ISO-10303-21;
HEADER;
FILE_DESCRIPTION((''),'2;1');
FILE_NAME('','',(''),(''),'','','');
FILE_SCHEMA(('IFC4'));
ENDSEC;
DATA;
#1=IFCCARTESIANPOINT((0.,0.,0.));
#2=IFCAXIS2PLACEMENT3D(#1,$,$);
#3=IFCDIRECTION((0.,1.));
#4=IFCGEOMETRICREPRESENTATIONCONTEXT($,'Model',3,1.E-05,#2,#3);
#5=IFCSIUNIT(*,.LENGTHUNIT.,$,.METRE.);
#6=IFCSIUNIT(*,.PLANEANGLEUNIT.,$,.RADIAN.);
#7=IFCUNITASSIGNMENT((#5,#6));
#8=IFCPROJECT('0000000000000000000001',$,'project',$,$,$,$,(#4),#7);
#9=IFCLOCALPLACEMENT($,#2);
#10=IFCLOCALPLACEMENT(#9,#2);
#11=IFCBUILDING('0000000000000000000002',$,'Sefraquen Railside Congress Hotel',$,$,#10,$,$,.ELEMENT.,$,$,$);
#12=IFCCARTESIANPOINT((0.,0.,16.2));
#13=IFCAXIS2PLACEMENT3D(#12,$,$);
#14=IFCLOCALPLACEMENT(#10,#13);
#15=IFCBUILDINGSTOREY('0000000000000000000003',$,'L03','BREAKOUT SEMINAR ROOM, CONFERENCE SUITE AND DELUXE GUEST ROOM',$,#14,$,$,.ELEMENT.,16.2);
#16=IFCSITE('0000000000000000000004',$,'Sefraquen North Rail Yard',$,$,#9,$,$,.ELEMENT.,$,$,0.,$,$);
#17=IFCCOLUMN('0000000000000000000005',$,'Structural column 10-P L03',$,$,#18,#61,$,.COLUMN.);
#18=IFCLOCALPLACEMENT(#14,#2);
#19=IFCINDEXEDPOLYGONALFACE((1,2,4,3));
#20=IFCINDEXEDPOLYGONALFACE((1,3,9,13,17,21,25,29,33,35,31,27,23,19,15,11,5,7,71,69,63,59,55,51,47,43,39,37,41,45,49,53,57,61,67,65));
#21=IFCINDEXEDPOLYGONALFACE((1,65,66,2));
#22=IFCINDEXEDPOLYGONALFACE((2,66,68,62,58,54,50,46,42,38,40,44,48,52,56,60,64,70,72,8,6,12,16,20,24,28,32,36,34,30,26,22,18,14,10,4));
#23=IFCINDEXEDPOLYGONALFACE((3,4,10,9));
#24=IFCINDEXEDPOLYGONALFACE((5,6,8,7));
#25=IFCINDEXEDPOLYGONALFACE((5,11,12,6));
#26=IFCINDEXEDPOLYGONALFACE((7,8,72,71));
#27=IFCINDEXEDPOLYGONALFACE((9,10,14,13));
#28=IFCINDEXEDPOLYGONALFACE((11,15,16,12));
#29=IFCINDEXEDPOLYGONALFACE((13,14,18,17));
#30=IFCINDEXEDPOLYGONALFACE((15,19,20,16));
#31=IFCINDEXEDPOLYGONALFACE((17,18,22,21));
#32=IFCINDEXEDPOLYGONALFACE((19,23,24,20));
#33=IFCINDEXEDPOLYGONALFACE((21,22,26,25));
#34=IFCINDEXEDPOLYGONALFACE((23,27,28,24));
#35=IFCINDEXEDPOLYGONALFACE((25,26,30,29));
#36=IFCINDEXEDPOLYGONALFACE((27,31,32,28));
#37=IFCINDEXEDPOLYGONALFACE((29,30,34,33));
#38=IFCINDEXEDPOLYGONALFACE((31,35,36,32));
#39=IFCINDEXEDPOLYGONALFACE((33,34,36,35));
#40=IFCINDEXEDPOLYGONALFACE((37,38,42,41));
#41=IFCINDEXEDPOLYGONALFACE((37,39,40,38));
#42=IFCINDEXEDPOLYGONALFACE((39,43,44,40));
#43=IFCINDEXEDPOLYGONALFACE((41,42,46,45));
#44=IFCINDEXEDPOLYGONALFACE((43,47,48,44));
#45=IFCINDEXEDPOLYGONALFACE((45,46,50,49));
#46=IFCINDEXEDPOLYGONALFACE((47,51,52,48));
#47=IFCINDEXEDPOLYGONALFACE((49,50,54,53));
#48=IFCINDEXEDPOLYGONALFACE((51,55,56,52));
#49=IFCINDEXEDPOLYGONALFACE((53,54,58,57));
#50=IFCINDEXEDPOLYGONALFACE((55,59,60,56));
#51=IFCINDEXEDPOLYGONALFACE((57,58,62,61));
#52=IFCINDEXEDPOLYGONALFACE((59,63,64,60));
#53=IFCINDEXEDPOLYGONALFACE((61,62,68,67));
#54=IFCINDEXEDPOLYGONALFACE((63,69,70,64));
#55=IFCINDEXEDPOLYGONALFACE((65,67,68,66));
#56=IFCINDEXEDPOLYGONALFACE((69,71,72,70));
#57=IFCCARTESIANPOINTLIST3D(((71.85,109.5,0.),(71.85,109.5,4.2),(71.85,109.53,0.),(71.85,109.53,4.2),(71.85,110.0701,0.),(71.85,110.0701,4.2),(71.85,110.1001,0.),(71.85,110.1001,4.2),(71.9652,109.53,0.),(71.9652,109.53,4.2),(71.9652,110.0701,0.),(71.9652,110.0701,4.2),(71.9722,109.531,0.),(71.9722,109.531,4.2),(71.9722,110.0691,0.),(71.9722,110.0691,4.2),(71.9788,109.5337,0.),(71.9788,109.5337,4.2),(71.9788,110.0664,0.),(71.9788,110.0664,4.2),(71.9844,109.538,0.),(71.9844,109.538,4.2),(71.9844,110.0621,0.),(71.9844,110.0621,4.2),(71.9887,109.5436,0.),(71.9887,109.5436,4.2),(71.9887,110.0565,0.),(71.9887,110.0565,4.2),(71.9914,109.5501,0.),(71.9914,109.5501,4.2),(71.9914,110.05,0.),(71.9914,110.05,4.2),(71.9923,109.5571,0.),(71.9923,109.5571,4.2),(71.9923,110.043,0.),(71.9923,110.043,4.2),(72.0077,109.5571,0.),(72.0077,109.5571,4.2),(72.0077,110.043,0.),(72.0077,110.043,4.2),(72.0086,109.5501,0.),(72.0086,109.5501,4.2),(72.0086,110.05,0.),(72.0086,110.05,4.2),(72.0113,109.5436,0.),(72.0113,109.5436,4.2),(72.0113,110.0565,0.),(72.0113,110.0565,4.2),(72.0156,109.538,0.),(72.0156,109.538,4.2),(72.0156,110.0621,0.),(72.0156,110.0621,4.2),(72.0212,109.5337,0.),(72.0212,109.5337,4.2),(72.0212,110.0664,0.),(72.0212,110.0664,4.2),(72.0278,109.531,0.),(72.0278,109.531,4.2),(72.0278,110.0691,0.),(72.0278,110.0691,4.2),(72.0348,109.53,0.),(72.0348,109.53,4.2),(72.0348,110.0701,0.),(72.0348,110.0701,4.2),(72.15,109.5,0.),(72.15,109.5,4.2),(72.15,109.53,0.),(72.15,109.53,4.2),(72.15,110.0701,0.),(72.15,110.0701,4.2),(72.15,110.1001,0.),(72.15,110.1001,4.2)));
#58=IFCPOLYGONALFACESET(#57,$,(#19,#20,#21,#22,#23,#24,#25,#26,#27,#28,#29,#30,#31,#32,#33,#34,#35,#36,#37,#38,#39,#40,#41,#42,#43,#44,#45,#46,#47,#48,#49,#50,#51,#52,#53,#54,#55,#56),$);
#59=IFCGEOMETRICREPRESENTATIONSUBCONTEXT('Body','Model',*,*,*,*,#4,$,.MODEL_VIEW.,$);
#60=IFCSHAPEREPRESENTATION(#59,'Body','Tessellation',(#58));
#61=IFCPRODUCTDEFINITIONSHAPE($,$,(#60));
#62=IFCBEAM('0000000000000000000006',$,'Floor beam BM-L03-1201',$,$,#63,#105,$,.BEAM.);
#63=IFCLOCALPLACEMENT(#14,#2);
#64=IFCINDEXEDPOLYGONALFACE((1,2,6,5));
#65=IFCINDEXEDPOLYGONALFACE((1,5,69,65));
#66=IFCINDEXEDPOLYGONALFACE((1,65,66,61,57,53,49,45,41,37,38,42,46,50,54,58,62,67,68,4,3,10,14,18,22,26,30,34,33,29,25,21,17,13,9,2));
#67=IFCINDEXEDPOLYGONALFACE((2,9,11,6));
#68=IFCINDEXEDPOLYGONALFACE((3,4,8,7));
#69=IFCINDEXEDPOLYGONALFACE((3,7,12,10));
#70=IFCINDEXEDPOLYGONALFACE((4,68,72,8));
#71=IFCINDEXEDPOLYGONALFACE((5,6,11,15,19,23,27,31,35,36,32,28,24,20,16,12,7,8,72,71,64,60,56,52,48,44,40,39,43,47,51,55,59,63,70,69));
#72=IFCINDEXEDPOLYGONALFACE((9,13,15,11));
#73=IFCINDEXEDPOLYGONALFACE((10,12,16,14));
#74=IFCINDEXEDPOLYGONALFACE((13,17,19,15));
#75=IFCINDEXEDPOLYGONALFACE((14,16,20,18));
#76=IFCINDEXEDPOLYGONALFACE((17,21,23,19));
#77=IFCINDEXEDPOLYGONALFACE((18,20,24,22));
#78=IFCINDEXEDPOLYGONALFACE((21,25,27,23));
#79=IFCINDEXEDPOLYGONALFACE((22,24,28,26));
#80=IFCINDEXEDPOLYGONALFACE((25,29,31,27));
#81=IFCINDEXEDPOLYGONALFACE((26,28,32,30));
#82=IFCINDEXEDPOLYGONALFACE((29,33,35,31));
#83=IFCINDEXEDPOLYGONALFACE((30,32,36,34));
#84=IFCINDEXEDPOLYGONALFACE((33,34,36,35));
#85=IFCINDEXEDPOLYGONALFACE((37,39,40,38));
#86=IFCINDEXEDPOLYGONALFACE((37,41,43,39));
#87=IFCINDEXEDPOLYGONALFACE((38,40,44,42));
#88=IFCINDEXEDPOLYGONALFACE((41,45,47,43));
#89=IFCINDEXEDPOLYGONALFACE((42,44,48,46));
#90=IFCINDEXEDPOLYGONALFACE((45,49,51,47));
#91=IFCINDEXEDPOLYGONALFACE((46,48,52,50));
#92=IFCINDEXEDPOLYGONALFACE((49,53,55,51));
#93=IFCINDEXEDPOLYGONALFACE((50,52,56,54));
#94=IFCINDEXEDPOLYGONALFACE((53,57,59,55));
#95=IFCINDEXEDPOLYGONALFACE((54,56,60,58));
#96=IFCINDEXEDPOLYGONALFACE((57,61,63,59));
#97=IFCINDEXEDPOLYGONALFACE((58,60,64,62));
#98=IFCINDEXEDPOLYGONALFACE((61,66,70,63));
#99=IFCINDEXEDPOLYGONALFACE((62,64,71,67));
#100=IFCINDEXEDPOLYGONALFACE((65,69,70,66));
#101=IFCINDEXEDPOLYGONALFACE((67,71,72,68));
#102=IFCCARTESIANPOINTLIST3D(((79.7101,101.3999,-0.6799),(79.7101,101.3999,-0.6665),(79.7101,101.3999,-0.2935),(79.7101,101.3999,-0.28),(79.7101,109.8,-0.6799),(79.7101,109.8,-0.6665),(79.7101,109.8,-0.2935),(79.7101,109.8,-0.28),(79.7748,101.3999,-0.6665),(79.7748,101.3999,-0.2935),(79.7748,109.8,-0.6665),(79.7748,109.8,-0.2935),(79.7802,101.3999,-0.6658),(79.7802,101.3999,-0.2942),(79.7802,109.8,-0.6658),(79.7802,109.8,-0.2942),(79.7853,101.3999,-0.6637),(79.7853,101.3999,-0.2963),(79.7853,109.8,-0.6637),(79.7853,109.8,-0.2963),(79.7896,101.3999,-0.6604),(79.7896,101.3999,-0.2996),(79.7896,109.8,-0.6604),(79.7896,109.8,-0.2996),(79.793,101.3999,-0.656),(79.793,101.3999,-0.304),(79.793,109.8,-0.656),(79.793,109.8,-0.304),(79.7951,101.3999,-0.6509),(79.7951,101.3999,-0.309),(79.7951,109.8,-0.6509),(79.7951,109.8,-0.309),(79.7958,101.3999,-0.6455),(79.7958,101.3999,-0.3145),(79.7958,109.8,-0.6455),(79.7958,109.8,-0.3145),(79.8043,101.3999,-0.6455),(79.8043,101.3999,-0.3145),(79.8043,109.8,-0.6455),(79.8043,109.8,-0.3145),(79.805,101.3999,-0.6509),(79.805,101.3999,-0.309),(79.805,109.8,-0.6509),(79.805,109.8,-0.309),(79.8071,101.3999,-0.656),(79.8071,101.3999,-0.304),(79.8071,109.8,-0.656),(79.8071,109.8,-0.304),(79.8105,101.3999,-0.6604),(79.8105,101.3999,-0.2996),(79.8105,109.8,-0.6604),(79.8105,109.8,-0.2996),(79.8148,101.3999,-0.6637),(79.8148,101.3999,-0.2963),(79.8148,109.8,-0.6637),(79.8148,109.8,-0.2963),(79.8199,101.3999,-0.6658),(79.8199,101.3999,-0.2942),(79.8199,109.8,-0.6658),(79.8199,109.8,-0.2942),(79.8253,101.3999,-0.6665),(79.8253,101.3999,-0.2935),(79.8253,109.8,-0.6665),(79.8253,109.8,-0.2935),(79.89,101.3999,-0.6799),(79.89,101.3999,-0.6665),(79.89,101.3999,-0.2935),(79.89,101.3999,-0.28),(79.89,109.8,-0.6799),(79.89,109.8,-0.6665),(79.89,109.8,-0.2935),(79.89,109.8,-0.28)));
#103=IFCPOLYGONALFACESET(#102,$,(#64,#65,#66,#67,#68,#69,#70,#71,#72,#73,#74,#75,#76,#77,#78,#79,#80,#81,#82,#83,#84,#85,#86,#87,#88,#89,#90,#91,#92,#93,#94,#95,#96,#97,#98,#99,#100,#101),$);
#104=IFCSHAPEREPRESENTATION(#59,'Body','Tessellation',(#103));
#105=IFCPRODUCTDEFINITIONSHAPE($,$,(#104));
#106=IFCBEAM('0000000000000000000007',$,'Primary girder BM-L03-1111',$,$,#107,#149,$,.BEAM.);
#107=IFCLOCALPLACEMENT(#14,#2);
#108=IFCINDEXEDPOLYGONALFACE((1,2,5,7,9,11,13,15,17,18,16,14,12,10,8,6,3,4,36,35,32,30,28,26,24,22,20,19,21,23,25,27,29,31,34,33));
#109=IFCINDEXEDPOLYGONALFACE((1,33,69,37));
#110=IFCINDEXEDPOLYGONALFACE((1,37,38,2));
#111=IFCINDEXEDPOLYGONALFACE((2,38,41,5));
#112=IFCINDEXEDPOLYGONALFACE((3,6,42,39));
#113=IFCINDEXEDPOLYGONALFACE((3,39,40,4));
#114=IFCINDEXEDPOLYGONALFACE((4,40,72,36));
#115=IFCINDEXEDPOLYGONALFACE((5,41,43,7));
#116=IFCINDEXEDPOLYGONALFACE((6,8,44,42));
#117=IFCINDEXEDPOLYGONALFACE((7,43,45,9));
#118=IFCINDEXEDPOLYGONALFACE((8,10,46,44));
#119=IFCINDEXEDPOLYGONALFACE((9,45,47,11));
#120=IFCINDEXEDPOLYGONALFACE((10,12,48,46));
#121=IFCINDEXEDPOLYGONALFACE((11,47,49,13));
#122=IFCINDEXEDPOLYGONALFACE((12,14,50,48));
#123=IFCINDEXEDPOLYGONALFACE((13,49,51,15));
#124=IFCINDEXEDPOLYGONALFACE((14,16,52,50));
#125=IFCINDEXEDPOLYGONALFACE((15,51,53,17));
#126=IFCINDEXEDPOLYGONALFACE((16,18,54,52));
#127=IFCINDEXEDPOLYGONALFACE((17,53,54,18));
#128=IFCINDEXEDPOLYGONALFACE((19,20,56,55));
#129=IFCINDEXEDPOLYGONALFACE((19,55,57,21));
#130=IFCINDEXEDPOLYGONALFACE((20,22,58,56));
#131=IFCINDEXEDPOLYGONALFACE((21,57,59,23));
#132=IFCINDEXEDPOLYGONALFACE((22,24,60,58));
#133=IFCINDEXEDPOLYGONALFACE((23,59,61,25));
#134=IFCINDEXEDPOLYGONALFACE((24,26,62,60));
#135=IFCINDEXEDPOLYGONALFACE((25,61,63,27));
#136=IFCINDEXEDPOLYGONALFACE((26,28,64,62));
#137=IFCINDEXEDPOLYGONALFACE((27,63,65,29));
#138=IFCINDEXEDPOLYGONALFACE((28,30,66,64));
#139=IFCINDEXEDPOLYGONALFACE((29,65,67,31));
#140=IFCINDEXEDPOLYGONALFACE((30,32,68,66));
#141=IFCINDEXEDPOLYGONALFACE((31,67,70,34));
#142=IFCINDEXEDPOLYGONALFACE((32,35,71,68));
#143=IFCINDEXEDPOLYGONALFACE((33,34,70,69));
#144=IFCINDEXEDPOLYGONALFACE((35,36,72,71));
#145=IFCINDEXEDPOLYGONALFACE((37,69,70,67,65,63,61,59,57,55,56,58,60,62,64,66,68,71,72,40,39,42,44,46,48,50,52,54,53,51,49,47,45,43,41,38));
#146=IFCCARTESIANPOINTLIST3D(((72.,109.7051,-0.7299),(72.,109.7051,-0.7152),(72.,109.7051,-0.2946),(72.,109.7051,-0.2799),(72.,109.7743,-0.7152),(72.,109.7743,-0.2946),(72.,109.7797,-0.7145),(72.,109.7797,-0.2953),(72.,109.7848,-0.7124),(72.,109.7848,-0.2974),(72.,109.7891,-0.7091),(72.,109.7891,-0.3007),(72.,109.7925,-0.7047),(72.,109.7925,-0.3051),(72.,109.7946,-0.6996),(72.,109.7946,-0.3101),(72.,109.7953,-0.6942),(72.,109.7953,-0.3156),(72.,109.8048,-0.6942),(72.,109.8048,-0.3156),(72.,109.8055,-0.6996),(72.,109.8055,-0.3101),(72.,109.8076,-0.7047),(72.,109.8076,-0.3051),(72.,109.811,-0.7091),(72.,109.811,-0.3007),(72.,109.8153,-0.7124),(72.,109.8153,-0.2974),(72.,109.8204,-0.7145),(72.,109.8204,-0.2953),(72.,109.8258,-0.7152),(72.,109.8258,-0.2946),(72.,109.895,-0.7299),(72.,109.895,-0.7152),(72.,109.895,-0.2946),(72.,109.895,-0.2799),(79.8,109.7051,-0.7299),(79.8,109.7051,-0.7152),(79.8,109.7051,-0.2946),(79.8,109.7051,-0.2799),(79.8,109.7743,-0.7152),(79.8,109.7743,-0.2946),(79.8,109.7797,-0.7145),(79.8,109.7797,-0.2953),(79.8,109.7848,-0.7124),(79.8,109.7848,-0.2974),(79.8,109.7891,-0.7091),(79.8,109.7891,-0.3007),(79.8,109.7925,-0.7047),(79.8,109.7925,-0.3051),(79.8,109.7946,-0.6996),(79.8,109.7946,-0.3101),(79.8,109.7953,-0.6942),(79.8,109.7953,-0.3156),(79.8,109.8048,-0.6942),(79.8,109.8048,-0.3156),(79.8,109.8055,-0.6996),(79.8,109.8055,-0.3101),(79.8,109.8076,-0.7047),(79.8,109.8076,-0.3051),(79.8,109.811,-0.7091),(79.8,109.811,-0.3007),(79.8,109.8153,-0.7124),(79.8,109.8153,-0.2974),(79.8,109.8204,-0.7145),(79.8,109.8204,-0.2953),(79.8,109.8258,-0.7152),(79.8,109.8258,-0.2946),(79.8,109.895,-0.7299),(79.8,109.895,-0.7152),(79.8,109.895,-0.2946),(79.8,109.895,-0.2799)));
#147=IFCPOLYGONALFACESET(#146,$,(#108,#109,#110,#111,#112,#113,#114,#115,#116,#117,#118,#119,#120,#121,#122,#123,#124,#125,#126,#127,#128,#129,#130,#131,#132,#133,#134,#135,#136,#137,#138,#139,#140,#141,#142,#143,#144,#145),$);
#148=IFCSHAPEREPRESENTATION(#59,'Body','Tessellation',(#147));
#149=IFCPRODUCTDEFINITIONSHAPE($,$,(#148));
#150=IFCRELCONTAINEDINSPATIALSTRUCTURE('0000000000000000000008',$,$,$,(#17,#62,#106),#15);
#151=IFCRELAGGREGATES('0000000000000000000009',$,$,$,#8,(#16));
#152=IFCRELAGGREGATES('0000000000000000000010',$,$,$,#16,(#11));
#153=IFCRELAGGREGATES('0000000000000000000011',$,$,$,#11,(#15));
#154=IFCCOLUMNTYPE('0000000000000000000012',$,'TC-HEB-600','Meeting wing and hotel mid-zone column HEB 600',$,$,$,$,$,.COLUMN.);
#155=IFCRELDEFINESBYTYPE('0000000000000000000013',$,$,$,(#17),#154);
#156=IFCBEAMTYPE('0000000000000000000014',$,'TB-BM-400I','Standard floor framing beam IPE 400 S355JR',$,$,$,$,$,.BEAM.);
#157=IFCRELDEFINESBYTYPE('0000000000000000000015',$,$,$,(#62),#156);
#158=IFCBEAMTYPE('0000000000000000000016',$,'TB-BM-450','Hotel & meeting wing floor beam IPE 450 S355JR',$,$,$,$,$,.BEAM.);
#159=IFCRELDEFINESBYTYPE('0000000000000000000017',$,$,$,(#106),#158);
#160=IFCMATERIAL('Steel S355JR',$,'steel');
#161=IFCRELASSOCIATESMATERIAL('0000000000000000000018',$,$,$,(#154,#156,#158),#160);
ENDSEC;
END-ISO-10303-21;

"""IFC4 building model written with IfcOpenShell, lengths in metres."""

from ifc_helpers import new_model, si_unit, direction, frame, origin, origin_2d, place, context, subcontext, project, spatial, i_section, extrude, material, material_profile, profile_set, type_object, element, save


model = new_model("IFC4")

# Units and contexts
model_context = context("Model", 3, precision=1e-05, world=origin(), true_north=direction((0.0, 1.0)))
body_context = subcontext(model_context, "Body", "Model", "MODEL_VIEW")
ifc_project = project(units=[si_unit("LENGTHUNIT", "METRE"), si_unit("PLANEANGLEUNIT", "RADIAN")], contexts=[model_context])

# Site, building, storey
site_placement = place(None, origin())
site = spatial("IfcSite", under=ifc_project, at=site_placement, Name="Sefraquen North Rail Yard", CompositionType="ELEMENT", RefElevation=0.0)
building_placement = place(site_placement, origin())
building = spatial("IfcBuilding", under=site, at=building_placement, Name="Sefraquen Railside Congress Hotel", CompositionType="ELEMENT")
storey_placement = place(building_placement, frame((0.0, 0.0, 16.2)))
storey = spatial("IfcBuildingStorey", under=building, at=storey_placement, Name="L03", Description="BREAKOUT SEMINAR ROOM, CONFERENCE SUITE AND DELUXE GUEST ROOM", CompositionType="ELEMENT", Elevation=16.2)

# Column
ifc_material_1 = material(Name="Steel S355JR", Category="steel")
ifc_material_profile_1 = material_profile(ifc_material_1, i_section(OverallWidth=0.3, OverallDepth=0.6001, WebThickness=0.0154, FlangeThickness=0.03, FilletRadius=0.0271, at=origin_2d()), Name="HEB 600")
ifc_profile_set_1 = profile_set([ifc_material_profile_1], Name="Steel S355JR")
column_type = type_object("IfcColumnType", Name="TC-HEB-600", Description="Meeting wing and hotel mid-zone column HEB 600", PredefinedType="COLUMN", material=ifc_profile_set_1)
column_placement = place(storey_placement, frame((72.0, 109.8, 0.0), z_axis=(0.0, 0.0, 1.0), x_axis=(1.0, 0.0, 0.0)))
element("IfcColumn", 1, at=column_placement, inside=storey, type_object=column_type, Name="Structural column 10-P L03", PredefinedType="COLUMN", context=body_context, shape_type="SweptSolid", body=[
    extrude(i_section(OverallWidth=0.3, OverallDepth=0.6001, WebThickness=0.0154, FlangeThickness=0.03, FilletRadius=0.0271, at=origin_2d()), origin(), (0.0, 0.0, 1.0), 4.2),
])

# Beams
ifc_material_profile_2 = material_profile(ifc_material_1, i_section(OverallWidth=0.1799, OverallDepth=0.3999, WebThickness=0.0085, FlangeThickness=0.0134, FilletRadius=0.021, at=origin_2d()), Name="IPE 400")
ifc_profile_set_2 = profile_set([ifc_material_profile_2], Name="Steel S355JR")
beam_type_1 = type_object("IfcBeamType", Name="TB-BM-400I", Description="Standard floor framing beam IPE 400 S355JR", PredefinedType="BEAM", material=ifc_profile_set_2)
beam_1_placement = place(storey_placement, frame((79.8, 101.3999, -0.48), z_axis=(0.0, 1.0, 0.0), x_axis=(-1.0, 0.0, 0.0)))
element("IfcBeam", 2, at=beam_1_placement, inside=storey, type_object=beam_type_1, Name="Floor beam BM-L03-1201", PredefinedType="BEAM", context=body_context, shape_type="SweptSolid", body=[
    extrude(i_section(OverallWidth=0.1799, OverallDepth=0.3999, WebThickness=0.0085, FlangeThickness=0.0134, FilletRadius=0.021, at=origin_2d()), origin(), (0.0, 0.0, 1.0), 8.4001),
])
ifc_material_profile_3 = material_profile(ifc_material_1, i_section(OverallWidth=0.1899, OverallDepth=0.45, WebThickness=0.0095, FlangeThickness=0.0146, FilletRadius=0.021, at=origin_2d()), Name="IPE 450")
ifc_profile_set_3 = profile_set([ifc_material_profile_3], Name="Steel S355JR")
beam_type_2 = type_object("IfcBeamType", Name="TB-BM-450", Description="Hotel & meeting wing floor beam IPE 450 S355JR", PredefinedType="BEAM", material=ifc_profile_set_3)
beam_2_placement = place(storey_placement, frame((72.0, 109.8, -0.5049), z_axis=(1.0, 0.0, 0.0), x_axis=(0.0, 1.0, 0.0)))
element("IfcBeam", 3, at=beam_2_placement, inside=storey, type_object=beam_type_2, Name="Primary girder BM-L03-1111", PredefinedType="BEAM", context=body_context, shape_type="SweptSolid", body=[
    extrude(i_section(OverallWidth=0.1899, OverallDepth=0.45, WebThickness=0.0095, FlangeThickness=0.0146, FilletRadius=0.021, at=origin_2d()), origin(), (0.0, 0.0, 1.0), 7.8),
])

save(model, "model.ifc")
